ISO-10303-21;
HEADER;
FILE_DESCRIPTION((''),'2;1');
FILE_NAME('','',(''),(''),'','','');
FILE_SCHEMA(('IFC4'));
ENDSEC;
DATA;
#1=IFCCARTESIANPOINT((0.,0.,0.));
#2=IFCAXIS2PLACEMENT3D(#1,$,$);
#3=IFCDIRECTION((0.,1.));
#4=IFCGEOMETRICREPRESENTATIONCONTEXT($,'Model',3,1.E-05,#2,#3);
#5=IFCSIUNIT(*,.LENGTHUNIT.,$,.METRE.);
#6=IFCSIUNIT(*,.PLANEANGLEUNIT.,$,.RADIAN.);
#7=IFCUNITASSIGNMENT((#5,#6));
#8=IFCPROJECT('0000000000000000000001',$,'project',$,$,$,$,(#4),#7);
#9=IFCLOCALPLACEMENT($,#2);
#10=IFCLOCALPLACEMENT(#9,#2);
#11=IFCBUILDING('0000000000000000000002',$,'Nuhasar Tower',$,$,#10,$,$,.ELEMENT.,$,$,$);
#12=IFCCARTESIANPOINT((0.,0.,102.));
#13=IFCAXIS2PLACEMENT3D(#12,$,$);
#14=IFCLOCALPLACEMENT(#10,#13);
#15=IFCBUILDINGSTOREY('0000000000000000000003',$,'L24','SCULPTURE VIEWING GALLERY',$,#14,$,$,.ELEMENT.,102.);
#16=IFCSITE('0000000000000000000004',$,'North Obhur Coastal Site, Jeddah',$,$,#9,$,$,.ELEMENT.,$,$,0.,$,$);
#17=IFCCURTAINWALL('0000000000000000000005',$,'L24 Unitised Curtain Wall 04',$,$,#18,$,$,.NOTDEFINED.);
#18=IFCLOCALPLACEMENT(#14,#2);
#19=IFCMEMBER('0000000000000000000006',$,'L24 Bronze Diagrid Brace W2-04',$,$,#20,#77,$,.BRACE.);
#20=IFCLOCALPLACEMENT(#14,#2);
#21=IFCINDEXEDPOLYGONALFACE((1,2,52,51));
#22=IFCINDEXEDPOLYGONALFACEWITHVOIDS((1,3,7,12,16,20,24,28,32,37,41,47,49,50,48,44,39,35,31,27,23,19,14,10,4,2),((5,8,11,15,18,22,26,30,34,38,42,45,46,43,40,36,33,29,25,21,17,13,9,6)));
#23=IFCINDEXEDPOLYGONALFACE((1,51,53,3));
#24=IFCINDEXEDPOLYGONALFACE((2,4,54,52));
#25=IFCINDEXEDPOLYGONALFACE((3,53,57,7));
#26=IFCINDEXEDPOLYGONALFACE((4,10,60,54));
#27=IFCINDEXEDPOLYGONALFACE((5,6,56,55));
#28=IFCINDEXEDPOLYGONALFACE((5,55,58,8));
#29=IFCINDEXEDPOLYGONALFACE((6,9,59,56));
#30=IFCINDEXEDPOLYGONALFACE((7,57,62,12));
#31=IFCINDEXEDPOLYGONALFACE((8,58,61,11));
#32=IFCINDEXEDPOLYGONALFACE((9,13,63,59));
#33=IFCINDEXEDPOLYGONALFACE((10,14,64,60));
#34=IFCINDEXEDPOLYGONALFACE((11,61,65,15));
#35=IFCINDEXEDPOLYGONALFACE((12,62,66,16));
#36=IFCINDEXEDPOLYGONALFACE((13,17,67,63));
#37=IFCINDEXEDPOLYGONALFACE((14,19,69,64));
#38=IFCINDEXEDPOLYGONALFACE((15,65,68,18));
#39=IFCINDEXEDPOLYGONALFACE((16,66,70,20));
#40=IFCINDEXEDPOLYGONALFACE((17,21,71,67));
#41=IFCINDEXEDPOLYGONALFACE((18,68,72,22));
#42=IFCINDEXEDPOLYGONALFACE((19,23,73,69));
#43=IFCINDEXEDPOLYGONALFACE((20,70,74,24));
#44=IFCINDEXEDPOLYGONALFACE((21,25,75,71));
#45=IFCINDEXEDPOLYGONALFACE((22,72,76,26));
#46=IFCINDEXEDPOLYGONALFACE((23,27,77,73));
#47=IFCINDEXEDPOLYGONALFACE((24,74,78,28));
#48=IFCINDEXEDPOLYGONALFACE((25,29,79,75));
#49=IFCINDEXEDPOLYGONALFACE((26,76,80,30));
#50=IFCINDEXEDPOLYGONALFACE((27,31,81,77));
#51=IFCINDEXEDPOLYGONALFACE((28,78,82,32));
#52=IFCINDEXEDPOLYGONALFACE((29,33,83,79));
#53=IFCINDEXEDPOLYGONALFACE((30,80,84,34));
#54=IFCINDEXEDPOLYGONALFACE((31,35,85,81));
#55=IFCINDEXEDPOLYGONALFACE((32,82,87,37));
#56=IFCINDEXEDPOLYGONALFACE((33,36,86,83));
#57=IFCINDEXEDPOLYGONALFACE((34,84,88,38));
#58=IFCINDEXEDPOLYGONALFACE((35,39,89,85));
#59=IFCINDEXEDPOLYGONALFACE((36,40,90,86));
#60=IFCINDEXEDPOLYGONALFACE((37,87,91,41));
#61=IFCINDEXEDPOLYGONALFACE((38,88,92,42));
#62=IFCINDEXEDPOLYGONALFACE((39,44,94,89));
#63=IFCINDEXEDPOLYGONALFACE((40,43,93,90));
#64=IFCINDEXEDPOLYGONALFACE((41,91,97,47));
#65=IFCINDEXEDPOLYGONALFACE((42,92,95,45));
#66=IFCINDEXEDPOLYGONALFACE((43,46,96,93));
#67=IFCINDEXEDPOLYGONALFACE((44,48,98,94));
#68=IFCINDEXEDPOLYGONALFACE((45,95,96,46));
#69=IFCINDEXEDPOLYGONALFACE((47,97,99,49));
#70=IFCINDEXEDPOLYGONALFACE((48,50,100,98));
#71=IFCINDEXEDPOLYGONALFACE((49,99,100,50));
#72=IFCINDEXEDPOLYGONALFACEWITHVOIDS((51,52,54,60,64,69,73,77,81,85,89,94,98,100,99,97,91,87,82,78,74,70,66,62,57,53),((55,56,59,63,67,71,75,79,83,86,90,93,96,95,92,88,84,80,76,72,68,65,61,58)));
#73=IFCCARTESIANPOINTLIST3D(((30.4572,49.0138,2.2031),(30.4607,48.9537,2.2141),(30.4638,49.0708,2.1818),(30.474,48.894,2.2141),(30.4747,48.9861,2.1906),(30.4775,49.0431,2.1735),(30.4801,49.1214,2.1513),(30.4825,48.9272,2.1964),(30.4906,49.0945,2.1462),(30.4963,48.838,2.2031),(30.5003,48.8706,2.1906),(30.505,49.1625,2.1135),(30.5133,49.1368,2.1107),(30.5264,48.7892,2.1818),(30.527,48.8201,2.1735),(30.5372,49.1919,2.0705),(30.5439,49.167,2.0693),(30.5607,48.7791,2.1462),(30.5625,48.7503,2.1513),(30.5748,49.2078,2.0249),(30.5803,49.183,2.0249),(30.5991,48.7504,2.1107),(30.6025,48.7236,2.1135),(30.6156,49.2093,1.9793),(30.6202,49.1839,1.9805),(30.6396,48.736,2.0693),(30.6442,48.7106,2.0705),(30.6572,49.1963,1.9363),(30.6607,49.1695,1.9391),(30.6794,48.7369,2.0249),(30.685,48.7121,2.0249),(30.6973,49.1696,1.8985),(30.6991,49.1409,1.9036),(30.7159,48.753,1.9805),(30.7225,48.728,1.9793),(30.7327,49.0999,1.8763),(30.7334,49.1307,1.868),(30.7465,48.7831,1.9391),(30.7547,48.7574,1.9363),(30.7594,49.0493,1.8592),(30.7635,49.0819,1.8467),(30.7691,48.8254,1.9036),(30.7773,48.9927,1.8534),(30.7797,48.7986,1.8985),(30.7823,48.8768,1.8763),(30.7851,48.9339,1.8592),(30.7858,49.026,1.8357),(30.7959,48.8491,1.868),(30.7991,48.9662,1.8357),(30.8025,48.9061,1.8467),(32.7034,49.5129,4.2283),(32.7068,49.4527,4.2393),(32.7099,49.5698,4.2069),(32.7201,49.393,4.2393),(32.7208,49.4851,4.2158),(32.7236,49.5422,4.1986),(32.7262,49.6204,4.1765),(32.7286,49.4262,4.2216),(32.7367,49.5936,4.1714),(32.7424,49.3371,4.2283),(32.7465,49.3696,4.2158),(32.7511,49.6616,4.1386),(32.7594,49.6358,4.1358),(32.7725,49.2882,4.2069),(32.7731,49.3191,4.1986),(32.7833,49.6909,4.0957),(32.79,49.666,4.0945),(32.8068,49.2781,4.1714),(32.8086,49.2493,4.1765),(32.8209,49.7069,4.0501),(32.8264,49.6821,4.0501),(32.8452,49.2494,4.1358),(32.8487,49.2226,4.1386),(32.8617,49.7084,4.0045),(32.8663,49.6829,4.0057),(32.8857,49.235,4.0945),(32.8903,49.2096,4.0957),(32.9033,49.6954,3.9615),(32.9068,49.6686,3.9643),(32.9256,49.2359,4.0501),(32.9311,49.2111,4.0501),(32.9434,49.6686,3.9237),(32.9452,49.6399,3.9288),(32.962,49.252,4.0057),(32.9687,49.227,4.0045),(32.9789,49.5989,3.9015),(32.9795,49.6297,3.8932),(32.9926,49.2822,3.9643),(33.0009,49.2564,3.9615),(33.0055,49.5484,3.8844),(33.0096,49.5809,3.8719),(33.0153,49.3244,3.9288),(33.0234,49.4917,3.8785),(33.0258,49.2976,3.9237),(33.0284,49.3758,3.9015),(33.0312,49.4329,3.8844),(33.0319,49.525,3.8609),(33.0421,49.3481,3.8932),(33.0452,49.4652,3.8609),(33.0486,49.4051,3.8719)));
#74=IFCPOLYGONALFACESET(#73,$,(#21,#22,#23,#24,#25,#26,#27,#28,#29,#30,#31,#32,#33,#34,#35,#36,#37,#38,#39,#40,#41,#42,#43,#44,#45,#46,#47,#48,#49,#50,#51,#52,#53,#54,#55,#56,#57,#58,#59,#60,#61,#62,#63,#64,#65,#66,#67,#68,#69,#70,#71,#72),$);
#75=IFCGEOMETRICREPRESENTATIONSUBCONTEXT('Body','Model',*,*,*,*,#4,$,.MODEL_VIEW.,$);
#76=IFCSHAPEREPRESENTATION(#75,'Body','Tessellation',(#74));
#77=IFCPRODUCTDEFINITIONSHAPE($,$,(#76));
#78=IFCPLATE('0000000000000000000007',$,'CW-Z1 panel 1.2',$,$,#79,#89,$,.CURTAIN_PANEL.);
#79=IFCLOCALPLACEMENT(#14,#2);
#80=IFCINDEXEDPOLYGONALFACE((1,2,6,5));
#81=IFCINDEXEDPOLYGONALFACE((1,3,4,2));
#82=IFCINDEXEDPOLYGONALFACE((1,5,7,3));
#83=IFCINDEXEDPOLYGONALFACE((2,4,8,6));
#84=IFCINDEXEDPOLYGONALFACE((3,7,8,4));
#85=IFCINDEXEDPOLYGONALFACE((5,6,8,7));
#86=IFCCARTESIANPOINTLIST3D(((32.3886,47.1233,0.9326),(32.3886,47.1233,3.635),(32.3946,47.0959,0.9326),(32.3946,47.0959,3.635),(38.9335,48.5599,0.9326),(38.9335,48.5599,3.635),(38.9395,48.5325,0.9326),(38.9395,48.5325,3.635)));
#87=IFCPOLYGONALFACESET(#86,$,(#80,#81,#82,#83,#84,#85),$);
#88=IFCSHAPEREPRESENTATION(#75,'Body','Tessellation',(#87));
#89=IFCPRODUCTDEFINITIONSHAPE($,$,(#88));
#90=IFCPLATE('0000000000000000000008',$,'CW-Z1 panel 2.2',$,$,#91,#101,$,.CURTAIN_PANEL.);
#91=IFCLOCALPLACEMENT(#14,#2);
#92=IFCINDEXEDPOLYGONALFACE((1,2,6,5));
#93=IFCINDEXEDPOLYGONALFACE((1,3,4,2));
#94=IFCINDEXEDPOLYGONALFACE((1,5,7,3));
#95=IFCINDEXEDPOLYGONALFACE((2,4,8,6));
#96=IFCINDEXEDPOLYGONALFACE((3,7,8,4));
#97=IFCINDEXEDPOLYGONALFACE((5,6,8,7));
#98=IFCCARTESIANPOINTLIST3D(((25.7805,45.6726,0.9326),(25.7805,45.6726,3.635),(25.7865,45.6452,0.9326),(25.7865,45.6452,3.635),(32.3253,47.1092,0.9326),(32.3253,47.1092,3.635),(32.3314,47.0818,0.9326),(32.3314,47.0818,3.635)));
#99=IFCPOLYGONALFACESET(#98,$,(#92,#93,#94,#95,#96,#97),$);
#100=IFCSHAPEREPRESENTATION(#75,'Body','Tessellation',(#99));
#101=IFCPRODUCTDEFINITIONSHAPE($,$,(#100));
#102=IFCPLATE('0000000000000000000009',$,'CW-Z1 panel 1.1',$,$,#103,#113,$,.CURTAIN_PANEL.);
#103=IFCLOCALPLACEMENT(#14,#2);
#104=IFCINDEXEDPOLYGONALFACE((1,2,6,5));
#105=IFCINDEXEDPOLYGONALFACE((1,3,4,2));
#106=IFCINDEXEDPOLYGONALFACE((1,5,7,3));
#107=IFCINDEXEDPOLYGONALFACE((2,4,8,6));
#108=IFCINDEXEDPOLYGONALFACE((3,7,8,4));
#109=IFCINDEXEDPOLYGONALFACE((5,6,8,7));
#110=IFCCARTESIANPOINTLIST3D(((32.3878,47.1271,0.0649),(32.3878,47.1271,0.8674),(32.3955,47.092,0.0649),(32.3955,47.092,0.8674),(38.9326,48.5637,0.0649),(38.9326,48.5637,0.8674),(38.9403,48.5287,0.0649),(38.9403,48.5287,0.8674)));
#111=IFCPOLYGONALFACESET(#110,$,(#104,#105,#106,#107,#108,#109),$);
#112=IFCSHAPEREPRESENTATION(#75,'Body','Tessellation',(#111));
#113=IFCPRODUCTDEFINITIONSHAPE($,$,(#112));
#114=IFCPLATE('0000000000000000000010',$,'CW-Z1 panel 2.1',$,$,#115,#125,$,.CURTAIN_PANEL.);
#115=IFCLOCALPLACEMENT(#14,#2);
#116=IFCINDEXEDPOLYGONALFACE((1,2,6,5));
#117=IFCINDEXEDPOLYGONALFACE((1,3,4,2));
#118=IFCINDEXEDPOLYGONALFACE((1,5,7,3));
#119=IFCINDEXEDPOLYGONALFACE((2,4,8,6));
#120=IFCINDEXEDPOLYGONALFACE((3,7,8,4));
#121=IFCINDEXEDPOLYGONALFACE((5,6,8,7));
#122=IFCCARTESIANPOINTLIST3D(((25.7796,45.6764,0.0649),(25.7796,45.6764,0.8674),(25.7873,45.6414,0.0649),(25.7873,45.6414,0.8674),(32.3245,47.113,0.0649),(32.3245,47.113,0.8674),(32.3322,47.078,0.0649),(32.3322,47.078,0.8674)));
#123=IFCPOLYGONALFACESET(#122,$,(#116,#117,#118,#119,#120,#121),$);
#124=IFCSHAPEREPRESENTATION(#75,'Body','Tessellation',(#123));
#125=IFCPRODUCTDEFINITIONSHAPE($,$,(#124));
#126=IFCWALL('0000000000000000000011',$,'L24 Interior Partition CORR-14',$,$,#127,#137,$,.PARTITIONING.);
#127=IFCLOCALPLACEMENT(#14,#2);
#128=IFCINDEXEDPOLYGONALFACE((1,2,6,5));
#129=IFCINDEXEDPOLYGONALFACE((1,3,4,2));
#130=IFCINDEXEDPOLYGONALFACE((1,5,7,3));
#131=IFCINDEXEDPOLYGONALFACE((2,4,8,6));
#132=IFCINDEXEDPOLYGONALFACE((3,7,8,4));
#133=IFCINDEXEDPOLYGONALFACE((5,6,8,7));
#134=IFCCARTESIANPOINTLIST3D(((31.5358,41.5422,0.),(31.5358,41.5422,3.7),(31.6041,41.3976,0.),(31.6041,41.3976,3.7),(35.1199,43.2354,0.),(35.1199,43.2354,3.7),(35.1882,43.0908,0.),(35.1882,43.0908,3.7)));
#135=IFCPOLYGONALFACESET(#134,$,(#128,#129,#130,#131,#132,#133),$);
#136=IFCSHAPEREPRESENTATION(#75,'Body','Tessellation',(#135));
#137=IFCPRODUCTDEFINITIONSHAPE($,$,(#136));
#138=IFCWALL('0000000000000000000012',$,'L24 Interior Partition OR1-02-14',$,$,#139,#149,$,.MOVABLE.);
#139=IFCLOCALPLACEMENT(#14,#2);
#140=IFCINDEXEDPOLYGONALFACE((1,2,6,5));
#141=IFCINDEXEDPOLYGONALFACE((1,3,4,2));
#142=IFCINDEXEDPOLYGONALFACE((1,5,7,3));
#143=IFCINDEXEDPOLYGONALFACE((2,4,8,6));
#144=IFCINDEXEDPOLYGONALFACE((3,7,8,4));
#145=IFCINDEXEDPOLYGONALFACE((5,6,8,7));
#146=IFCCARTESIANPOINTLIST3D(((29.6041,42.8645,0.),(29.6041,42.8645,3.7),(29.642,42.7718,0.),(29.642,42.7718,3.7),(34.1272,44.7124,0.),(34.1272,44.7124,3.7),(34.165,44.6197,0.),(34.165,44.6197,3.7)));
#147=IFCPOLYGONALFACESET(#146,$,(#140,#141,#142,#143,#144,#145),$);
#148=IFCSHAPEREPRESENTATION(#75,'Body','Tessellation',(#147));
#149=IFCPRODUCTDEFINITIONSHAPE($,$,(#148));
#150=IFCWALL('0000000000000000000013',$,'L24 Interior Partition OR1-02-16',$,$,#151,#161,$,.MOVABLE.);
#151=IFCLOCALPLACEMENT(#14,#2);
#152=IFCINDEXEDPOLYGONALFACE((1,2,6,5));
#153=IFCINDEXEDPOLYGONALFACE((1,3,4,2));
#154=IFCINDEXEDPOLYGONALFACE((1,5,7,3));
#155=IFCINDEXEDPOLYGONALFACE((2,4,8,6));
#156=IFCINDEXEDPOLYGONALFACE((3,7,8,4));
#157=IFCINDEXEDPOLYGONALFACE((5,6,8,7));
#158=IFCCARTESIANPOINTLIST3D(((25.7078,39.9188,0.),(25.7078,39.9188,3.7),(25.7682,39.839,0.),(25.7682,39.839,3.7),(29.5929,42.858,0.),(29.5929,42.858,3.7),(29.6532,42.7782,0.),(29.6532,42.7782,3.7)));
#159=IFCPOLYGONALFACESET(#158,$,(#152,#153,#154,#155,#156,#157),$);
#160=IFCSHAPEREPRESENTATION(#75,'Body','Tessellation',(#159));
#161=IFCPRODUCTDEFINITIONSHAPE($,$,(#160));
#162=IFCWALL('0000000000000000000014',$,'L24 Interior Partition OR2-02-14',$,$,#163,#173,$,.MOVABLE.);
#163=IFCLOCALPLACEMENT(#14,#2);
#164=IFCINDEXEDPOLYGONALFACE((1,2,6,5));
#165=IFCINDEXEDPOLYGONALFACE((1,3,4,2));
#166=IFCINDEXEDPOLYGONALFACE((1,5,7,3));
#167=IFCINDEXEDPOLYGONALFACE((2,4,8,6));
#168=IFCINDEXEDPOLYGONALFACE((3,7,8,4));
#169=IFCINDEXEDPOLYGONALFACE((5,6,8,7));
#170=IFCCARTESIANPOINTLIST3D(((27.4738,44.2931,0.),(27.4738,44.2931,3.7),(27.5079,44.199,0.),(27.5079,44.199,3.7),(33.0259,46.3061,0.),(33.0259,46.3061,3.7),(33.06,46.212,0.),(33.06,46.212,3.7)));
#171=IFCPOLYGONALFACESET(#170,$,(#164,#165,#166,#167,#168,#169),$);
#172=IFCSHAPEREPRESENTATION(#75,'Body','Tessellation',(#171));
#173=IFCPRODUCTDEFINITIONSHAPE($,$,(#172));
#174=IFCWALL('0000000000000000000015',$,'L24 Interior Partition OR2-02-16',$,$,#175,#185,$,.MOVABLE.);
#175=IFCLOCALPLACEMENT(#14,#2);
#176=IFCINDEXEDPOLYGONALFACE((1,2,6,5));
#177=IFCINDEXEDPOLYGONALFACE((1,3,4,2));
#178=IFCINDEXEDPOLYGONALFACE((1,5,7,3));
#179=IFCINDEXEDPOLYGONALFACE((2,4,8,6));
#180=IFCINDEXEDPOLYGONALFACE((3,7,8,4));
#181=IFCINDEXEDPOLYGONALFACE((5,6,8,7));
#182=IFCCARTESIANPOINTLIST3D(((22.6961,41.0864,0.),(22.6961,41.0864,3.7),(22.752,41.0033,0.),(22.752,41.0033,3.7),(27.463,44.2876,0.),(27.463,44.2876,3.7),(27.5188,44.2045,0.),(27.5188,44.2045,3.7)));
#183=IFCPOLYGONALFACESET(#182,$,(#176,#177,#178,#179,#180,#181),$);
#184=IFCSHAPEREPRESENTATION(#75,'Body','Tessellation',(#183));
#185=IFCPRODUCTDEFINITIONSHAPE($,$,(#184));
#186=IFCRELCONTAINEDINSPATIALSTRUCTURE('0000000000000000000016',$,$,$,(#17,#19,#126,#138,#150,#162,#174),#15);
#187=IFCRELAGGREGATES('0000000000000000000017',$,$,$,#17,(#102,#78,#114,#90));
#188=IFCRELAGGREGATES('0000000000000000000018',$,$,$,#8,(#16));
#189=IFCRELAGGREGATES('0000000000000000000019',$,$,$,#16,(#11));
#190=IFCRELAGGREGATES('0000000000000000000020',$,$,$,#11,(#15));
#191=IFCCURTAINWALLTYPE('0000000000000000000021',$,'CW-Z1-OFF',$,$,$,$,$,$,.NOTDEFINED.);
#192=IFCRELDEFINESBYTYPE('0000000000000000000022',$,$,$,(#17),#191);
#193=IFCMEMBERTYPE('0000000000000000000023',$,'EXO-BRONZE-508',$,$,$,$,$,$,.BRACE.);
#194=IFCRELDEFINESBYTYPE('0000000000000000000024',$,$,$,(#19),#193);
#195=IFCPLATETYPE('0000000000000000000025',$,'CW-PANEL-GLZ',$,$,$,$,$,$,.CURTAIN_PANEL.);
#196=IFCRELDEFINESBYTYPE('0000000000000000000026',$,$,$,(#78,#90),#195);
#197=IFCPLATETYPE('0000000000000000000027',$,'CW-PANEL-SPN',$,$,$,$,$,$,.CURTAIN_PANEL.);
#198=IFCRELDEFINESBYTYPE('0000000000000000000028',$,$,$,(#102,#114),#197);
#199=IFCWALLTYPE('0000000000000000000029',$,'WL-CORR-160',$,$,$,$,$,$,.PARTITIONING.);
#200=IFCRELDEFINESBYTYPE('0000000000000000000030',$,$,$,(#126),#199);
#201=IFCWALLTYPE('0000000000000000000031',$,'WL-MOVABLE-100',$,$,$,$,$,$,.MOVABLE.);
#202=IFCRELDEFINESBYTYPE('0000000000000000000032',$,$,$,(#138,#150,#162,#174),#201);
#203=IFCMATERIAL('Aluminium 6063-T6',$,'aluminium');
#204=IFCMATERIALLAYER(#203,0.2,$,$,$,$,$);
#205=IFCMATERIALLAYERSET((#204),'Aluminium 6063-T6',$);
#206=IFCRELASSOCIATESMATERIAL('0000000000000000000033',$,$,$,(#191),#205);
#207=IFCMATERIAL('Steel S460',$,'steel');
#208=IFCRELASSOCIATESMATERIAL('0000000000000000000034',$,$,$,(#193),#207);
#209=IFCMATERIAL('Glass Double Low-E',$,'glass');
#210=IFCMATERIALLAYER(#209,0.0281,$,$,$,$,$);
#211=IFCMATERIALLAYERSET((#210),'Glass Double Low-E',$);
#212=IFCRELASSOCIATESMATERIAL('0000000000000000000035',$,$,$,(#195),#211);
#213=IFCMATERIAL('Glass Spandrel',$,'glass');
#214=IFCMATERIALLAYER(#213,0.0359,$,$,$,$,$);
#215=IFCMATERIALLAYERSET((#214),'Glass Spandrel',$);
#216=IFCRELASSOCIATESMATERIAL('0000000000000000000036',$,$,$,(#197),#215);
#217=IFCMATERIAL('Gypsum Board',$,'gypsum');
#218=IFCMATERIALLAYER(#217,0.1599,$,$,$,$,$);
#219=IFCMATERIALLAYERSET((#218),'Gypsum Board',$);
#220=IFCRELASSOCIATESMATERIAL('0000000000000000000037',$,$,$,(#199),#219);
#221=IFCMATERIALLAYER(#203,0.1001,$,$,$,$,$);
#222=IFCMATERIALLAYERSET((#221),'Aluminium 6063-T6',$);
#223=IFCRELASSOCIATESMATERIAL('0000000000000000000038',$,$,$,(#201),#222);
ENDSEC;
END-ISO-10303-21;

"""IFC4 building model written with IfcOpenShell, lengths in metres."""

from ifc_helpers import new_model, si_unit, direction, frame, frame_2d, origin, origin_2d, place, context, subcontext, project, spatial, rectangle, hollow_circle, extrude, material, layer, layer_set, material_profile, profile_set, type_object, element, aggregate, save


model = new_model("IFC4")

# Units and contexts
model_context = context("Model", 3, precision=1e-05, world=origin(), true_north=direction((0.0, 1.0)))
body_context = subcontext(model_context, "Body", "Model", "MODEL_VIEW")
ifc_project = project(units=[si_unit("LENGTHUNIT", "METRE"), si_unit("PLANEANGLEUNIT", "RADIAN")], contexts=[model_context])

# Site, building, storey
site_placement = place(None, origin())
site = spatial("IfcSite", under=ifc_project, at=site_placement, Name="North Obhur Coastal Site, Jeddah", CompositionType="ELEMENT", RefElevation=0.0)
building_placement = place(site_placement, origin())
building = spatial("IfcBuilding", under=site, at=building_placement, Name="Nuhasar Tower", CompositionType="ELEMENT")
storey_placement = place(building_placement, frame((0.0, 0.0, 102.0)))
storey = spatial("IfcBuildingStorey", under=building, at=storey_placement, Name="L24", Description="SCULPTURE VIEWING GALLERY", CompositionType="ELEMENT", Elevation=102.0)

# Curtain wall
ifc_material_1 = material(Name="Aluminium 6063-T6", Category="aluminium")
ifc_layer_1 = layer(ifc_material_1, 0.2)
ifc_layer_set_1 = layer_set([ifc_layer_1], Name="Aluminium 6063-T6")
curtain_wall_type = type_object("IfcCurtainWallType", Name="CW-Z1-OFF", PredefinedType="NOTDEFINED", material=ifc_layer_set_1)
curtain_wall_placement = place(storey_placement, origin())
curtain_wall = element("IfcCurtainWall", 1, at=curtain_wall_placement, inside=storey, type_object=curtain_wall_type, Name="L24 Unitised Curtain Wall 04", PredefinedType="NOTDEFINED")

# Member
ifc_material_2 = material(Name="Steel S460", Category="steel")
ifc_material_profile_1 = material_profile(ifc_material_2, hollow_circle(Radius=0.2539, WallThickness=0.0254, at=origin_2d()), Name="HSS508X25.4")
ifc_profile_set_1 = profile_set([ifc_material_profile_1], Name="Steel S460")
member_type_1 = type_object("IfcMemberType", Name="EXO-BRONZE-508", PredefinedType="BRACE", material=ifc_profile_set_1)
member_1_placement = place(storey_placement, frame((30.6299, 48.96, 2.0249), z_axis=(0.732783, 0.162805, 0.660699), x_axis=(-0.216886, 0.976197, 0.0)))
element("IfcMember", 2, at=member_1_placement, inside=storey, type_object=member_type_1, Name="L24 Bronze Diagrid Brace W2-04", PredefinedType="BRACE", context=body_context, shape_type="SweptSolid", body=[
    extrude(hollow_circle(Radius=0.2539, WallThickness=0.0254, at=origin_2d()), origin(), (0.0, 0.0, 1.0), 3.0652),
])

# Plates
ifc_material_3 = material(Name="Glass Double Low-E", Category="glass")
ifc_layer_2 = layer(ifc_material_3, 0.0281)
ifc_layer_set_2 = layer_set([ifc_layer_2], Name="Glass Double Low-E")
plate_type_1 = type_object("IfcPlateType", Name="CW-PANEL-GLZ", PredefinedType="CURTAIN_PANEL", material=ifc_layer_set_2)
plate_1_placement = place(storey_placement, frame((35.6641, 47.8279, 0.9326), z_axis=(0.0, 0.0, 1.0), x_axis=(-0.976746, -0.214399, 0.0)))
plate_1 = element("IfcPlate", 3, at=plate_1_placement, type_object=plate_type_1, Name="CW-Z1 panel 1.2", PredefinedType="CURTAIN_PANEL", context=body_context, shape_type="SweptSolid", body=[
    extrude(rectangle(XDim=6.7007, YDim=0.0281, at=origin_2d()), origin(), (0.0, 0.0, 1.0), 2.7024),
])
plate_2_placement = place(storey_placement, frame((29.0559, 46.3772, 0.9326), z_axis=(0.0, 0.0, 1.0), x_axis=(-0.976746, -0.214399, 0.0)))
plate_2 = element("IfcPlate", 4, at=plate_2_placement, type_object=plate_type_1, Name="CW-Z1 panel 2.2", PredefinedType="CURTAIN_PANEL", context=body_context, shape_type="SweptSolid", body=[
    extrude(rectangle(XDim=6.7007, YDim=0.0281, at=origin_2d()), origin(), (0.0, 0.0, 1.0), 2.7024),
])
ifc_material_4 = material(Name="Glass Spandrel", Category="glass")
ifc_layer_3 = layer(ifc_material_4, 0.0359)
ifc_layer_set_3 = layer_set([ifc_layer_3], Name="Glass Spandrel")
plate_type_2 = type_object("IfcPlateType", Name="CW-PANEL-SPN", PredefinedType="CURTAIN_PANEL", material=ifc_layer_set_3)
plate_3_placement = place(storey_placement, frame((35.6641, 47.8279, 0.0649), z_axis=(0.0, 0.0, 1.0), x_axis=(-0.976746, -0.214399, 0.0)))
plate_3 = element("IfcPlate", 5, at=plate_3_placement, type_object=plate_type_2, Name="CW-Z1 panel 1.1", PredefinedType="CURTAIN_PANEL", context=body_context, shape_type="SweptSolid", body=[
    extrude(rectangle(XDim=6.7007, YDim=0.0359, at=origin_2d()), origin(), (0.0, 0.0, 1.0), 0.8025),
])
plate_4_placement = place(storey_placement, frame((29.0559, 46.3772, 0.0649), z_axis=(0.0, 0.0, 1.0), x_axis=(-0.976746, -0.214399, 0.0)))
plate_4 = element("IfcPlate", 6, at=plate_4_placement, type_object=plate_type_2, Name="CW-Z1 panel 2.1", PredefinedType="CURTAIN_PANEL", context=body_context, shape_type="SweptSolid", body=[
    extrude(rectangle(XDim=6.7007, YDim=0.0359, at=origin_2d()), origin(), (0.0, 0.0, 1.0), 0.8025),
])
aggregate(curtain_wall, [plate_3, plate_1, plate_4, plate_2])

# Walls
ifc_material_5 = material(Name="Gypsum Board", Category="gypsum")
ifc_layer_4 = layer(ifc_material_5, 0.1599)
ifc_layer_set_4 = layer_set([ifc_layer_4], Name="Gypsum Board")
wall_type_1 = type_object("IfcWallType", Name="WL-CORR-160", PredefinedType="PARTITIONING", material=ifc_layer_set_4)
wall_1_placement = place(storey_placement, frame((35.1541, 43.1631, 0.0), z_axis=(0.0, 0.0, 1.0), x_axis=(-0.904183, -0.427146, 0.0)))
element("IfcWall", 7, at=wall_1_placement, inside=storey, type_object=wall_type_1, Name="L24 Interior Partition CORR-14", PredefinedType="PARTITIONING", context=body_context, shape_type="SweptSolid", body=[
    extrude(rectangle(XDim=3.9639, YDim=0.1599, at=frame_2d((1.9819, 0.0))), origin(), (0.0, 0.0, 1.0), 3.7),
])
ifc_layer_5 = layer(ifc_material_1, 0.1001)
ifc_layer_set_5 = layer_set([ifc_layer_5], Name="Aluminium 6063-T6")
wall_type_2 = type_object("IfcWallType", Name="WL-MOVABLE-100", PredefinedType="MOVABLE", material=ifc_layer_set_5)
wall_2_placement = place(storey_placement, frame((34.146, 44.666, 0.0), z_axis=(0.0, 0.0, 1.0), x_axis=(-0.925719, -0.378213, 0.0)))
element("IfcWall", 8, at=wall_2_placement, inside=storey, type_object=wall_type_2, Name="L24 Interior Partition OR1-02-14", PredefinedType="MOVABLE", context=body_context, shape_type="SweptSolid", body=[
    extrude(rectangle(XDim=4.886, YDim=0.1001, at=frame_2d((2.4429, 0.0))), origin(), (0.0, 0.0, 1.0), 3.7),
])
wall_3_placement = place(storey_placement, frame((29.623, 42.8181, 0.0), z_axis=(0.0, 0.0, 1.0), x_axis=(-0.797485, -0.603338, 0.0)))
element("IfcWall", 9, at=wall_3_placement, inside=storey, type_object=wall_type_2, Name="L24 Interior Partition OR1-02-16", PredefinedType="MOVABLE", context=body_context, shape_type="SweptSolid", body=[
    extrude(rectangle(XDim=4.8716, YDim=0.1001, at=frame_2d((2.4358, 0.0))), origin(), (0.0, 0.0, 1.0), 3.7),
])
wall_4_placement = place(storey_placement, frame((33.043, 46.259, 0.0), z_axis=(0.0, 0.0, 1.0), x_axis=(-0.940118, -0.34085, 0.0)))
element("IfcWall", 10, at=wall_4_placement, inside=storey, type_object=wall_type_2, Name="L24 Interior Partition OR2-02-14", PredefinedType="MOVABLE", context=body_context, shape_type="SweptSolid", body=[
    extrude(rectangle(XDim=5.9058, YDim=0.1001, at=frame_2d((2.9529, 0.0))), origin(), (0.0, 0.0, 1.0), 3.7),
])
wall_5_placement = place(storey_placement, frame((27.491, 44.2461, 0.0), z_axis=(0.0, 0.0, 1.0), x_axis=(-0.830175, -0.557503, 0.0)))
element("IfcWall", 11, at=wall_5_placement, inside=storey, type_object=wall_type_2, Name="L24 Interior Partition OR2-02-16", PredefinedType="MOVABLE", context=body_context, shape_type="SweptSolid", body=[
    extrude(rectangle(XDim=5.7419, YDim=0.1001, at=frame_2d((2.8711, 0.0))), origin(), (0.0, 0.0, 1.0), 3.7),
])

save(model, "model.ifc")
